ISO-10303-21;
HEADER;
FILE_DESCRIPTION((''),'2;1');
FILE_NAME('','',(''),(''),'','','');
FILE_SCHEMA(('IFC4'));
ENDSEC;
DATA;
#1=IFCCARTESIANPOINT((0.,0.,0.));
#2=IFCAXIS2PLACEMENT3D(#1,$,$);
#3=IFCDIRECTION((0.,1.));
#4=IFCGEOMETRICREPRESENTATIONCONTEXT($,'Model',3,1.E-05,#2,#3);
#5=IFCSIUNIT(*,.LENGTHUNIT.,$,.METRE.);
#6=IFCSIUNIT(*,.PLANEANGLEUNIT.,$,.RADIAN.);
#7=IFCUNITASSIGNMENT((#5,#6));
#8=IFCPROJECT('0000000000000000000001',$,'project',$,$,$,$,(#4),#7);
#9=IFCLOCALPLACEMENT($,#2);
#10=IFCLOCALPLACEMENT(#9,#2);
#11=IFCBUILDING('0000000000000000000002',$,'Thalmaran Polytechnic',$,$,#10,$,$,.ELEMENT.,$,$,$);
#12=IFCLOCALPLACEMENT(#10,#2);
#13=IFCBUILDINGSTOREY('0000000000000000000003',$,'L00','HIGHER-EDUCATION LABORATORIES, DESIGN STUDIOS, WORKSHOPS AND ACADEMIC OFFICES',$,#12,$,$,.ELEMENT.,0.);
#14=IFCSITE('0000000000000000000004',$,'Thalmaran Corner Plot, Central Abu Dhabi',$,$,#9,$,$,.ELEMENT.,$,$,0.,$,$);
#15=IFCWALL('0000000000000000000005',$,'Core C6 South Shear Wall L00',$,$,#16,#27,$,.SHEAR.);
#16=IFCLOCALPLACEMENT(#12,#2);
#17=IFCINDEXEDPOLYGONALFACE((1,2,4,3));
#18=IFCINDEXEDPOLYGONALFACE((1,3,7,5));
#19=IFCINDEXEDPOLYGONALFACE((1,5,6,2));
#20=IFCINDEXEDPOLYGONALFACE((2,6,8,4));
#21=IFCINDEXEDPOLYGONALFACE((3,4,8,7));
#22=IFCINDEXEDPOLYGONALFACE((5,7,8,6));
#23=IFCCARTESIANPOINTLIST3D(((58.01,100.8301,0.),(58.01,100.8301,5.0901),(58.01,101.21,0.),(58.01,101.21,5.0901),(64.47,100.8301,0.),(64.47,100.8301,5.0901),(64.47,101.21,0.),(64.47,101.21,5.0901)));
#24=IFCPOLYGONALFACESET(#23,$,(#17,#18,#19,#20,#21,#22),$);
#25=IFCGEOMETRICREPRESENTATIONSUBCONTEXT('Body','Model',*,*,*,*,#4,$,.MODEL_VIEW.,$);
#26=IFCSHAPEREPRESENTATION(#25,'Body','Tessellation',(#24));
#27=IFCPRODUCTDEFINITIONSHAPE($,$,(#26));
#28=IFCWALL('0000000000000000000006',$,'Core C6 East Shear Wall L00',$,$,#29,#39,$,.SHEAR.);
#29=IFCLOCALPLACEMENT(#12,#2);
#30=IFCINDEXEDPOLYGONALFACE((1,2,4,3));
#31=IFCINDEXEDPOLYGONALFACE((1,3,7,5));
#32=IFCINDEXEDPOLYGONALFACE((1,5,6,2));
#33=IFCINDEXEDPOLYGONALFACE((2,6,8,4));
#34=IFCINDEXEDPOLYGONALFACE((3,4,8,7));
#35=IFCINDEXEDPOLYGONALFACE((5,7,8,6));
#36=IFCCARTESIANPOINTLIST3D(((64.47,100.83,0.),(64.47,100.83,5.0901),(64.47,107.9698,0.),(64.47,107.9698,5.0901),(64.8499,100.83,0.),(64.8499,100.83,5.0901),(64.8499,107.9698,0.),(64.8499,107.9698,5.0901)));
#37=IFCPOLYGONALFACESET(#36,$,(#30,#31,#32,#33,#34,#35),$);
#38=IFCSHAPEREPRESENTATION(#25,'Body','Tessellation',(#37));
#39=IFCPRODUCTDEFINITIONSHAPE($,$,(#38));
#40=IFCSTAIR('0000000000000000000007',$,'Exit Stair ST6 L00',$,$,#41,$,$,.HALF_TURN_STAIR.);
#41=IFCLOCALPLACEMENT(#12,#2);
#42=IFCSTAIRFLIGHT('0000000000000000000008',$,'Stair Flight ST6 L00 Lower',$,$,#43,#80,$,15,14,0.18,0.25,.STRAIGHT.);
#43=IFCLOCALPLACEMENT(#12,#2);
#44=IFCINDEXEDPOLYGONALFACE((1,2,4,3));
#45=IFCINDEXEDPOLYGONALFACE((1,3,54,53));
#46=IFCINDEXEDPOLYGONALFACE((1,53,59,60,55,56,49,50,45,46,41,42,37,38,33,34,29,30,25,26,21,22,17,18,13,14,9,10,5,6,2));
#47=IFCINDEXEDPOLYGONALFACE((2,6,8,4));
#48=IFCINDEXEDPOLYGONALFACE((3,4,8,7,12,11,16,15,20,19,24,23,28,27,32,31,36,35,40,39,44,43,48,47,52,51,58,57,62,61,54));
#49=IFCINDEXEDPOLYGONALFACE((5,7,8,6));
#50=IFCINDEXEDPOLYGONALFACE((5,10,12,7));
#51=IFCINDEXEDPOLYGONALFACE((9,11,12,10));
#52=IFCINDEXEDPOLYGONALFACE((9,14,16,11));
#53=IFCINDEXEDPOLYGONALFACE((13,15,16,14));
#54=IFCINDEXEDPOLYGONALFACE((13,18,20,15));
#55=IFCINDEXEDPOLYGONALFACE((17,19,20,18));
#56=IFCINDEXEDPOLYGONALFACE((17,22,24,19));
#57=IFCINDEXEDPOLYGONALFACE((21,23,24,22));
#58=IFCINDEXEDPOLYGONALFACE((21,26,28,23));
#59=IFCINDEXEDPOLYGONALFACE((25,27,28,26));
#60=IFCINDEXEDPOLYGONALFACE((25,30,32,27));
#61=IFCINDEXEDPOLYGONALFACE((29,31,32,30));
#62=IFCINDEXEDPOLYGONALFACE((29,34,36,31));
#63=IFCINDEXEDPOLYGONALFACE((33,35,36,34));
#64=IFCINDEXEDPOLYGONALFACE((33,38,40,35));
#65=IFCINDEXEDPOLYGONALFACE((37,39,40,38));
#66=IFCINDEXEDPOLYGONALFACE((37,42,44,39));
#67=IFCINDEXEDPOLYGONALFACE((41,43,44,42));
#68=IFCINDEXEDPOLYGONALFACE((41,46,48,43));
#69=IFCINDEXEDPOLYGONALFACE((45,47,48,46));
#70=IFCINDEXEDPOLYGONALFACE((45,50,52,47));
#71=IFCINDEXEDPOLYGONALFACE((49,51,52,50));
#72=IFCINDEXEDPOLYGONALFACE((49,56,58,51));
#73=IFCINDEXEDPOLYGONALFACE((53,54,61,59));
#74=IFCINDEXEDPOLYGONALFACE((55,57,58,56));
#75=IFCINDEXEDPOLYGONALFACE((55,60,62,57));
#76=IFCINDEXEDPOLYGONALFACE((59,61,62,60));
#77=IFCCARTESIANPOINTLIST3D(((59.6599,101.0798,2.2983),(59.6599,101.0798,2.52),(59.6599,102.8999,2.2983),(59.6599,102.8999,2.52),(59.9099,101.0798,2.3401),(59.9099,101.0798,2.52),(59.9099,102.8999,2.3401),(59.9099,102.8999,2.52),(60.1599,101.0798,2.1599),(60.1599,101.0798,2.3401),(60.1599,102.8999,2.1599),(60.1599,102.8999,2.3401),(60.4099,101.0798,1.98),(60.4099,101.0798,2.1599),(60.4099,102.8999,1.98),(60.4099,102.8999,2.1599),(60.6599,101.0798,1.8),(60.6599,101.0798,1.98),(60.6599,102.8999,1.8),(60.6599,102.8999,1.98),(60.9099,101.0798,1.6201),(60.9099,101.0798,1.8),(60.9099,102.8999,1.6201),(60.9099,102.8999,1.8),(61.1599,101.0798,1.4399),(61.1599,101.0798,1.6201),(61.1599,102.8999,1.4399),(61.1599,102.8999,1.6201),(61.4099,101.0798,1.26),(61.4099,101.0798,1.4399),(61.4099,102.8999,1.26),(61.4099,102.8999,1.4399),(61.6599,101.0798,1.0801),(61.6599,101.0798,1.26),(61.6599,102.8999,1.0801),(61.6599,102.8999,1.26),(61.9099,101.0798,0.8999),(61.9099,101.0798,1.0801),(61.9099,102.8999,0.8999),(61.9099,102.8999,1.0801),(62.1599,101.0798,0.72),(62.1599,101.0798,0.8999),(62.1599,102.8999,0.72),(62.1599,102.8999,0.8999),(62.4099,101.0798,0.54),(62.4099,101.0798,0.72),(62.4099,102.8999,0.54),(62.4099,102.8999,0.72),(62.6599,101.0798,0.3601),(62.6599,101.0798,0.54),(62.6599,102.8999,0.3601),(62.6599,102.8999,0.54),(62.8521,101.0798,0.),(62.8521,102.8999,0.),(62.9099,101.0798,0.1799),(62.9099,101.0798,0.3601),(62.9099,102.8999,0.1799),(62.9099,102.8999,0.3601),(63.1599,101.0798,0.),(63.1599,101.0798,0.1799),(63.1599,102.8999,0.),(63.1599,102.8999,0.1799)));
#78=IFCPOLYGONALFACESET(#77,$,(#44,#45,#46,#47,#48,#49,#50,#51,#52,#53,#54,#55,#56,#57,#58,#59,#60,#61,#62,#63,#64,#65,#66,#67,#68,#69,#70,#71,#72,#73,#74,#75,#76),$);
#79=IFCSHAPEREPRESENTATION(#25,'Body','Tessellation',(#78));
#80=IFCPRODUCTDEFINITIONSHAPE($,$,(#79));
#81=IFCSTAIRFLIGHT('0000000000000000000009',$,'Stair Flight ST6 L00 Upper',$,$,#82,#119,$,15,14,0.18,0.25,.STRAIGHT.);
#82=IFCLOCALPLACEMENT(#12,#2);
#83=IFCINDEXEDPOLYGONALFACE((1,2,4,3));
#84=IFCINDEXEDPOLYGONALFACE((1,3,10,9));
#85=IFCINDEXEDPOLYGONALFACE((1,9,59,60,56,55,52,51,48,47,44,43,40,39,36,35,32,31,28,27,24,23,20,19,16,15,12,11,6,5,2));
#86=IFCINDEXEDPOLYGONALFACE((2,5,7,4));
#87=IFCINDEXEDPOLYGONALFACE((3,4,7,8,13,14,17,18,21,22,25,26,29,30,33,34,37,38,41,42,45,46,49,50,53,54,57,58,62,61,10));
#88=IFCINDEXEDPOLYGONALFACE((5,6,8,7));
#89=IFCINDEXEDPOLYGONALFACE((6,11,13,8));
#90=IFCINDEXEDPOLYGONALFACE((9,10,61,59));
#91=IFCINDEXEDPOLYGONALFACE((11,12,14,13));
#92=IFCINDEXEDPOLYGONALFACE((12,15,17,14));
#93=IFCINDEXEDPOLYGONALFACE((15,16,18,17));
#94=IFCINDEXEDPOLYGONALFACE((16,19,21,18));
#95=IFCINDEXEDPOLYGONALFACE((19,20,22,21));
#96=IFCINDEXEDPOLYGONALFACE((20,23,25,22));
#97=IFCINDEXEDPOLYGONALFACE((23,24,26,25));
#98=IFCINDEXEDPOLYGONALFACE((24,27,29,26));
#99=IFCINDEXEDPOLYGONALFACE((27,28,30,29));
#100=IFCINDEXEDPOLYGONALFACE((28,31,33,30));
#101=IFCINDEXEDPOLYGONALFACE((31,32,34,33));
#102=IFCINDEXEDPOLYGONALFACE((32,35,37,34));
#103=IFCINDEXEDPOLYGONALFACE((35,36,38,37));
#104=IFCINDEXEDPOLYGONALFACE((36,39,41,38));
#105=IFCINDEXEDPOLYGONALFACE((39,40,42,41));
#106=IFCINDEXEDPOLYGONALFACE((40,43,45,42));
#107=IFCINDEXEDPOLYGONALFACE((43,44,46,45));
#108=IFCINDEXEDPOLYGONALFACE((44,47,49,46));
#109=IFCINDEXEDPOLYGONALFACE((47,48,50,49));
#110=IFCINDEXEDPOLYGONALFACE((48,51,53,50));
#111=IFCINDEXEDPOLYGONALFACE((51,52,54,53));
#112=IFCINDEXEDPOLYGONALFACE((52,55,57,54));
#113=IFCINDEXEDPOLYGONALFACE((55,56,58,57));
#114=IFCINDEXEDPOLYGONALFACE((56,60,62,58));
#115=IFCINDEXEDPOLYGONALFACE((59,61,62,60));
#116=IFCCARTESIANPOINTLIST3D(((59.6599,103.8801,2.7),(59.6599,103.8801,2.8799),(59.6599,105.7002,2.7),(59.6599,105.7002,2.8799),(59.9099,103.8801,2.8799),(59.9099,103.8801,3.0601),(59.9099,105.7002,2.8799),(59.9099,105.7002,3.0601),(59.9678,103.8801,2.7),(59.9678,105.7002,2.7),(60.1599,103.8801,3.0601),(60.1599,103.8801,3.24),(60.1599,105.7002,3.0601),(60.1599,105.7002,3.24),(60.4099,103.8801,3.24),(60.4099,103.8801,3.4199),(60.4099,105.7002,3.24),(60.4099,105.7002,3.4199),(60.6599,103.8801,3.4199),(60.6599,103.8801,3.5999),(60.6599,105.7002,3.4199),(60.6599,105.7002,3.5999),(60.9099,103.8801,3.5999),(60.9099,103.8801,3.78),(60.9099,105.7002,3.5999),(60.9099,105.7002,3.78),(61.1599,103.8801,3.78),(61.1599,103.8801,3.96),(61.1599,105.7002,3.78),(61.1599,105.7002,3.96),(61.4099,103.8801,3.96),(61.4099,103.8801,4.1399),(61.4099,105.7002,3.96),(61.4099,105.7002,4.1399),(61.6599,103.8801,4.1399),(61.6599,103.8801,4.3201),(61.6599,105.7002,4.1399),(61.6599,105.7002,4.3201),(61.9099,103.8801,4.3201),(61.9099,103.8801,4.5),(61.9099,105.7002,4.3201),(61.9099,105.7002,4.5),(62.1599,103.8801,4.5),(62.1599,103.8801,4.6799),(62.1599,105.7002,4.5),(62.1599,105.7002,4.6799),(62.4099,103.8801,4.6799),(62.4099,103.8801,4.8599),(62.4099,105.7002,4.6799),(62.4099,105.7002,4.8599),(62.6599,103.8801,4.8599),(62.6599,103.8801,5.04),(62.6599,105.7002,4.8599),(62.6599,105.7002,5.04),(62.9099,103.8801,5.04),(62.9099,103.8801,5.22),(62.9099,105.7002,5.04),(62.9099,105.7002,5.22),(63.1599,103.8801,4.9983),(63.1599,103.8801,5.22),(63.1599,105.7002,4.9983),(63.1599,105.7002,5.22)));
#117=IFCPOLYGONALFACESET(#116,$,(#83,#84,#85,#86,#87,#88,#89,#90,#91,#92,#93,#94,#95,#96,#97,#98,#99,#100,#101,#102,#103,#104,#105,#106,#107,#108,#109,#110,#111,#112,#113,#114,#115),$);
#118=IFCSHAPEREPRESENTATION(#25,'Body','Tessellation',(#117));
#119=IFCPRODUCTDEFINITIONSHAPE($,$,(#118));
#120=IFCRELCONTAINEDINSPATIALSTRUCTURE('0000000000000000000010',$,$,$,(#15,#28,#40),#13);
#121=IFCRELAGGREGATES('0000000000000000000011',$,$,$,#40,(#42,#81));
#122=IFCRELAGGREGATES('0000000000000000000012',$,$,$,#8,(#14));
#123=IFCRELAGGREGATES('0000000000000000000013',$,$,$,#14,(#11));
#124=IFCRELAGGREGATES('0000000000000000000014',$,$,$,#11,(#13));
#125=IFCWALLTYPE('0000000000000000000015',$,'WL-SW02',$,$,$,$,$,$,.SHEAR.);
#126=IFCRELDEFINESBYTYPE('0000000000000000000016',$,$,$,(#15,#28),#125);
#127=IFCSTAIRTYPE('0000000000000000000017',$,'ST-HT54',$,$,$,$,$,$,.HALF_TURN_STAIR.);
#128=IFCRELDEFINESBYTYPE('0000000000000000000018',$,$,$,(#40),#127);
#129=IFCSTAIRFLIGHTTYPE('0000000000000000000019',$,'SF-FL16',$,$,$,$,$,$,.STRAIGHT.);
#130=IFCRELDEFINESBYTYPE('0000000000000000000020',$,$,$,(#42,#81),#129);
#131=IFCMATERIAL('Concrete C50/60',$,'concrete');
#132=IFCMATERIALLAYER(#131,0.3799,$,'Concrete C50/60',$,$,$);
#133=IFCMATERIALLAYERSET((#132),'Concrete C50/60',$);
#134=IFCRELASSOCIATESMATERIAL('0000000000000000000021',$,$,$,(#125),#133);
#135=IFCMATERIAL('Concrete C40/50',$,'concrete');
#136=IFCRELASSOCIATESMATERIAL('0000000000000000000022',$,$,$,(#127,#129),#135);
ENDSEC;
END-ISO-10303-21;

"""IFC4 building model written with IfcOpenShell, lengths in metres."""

from ifc_helpers import new_model, si_unit, direction, frame, frame_2d, origin, place, context, subcontext, project, spatial, polyline, rectangle, outline, extrude, material, layer, layer_set, type_object, element, aggregate, save


model = new_model("IFC4")

# Units and contexts
model_context = context("Model", 3, precision=1e-05, world=origin(), true_north=direction((0.0, 1.0)))
body_context = subcontext(model_context, "Body", "Model", "MODEL_VIEW")
ifc_project = project(units=[si_unit("LENGTHUNIT", "METRE"), si_unit("PLANEANGLEUNIT", "RADIAN")], contexts=[model_context])

# Site, building, storey
site_placement = place(None, origin())
site = spatial("IfcSite", under=ifc_project, at=site_placement, Name="Thalmaran Corner Plot, Central Abu Dhabi", CompositionType="ELEMENT", RefElevation=0.0)
building_placement = place(site_placement, origin())
building = spatial("IfcBuilding", under=site, at=building_placement, Name="Thalmaran Polytechnic", CompositionType="ELEMENT")
storey_placement = place(building_placement, origin())
storey = spatial("IfcBuildingStorey", under=building, at=storey_placement, Name="L00", Description="HIGHER-EDUCATION LABORATORIES, DESIGN STUDIOS, WORKSHOPS AND ACADEMIC OFFICES", CompositionType="ELEMENT", Elevation=0.0)

# Shared definitions
ifc_material_1 = material(Name="Concrete C50/60", Category="concrete")
ifc_material_2 = material(Name="Concrete C40/50", Category="concrete")

# Walls
ifc_layer_1 = layer(ifc_material_1, 0.3799, Name="Concrete C50/60")
ifc_layer_set_1 = layer_set([ifc_layer_1], Name="Concrete C50/60")
wall_type_1 = type_object("IfcWallType", Name="WL-SW02", PredefinedType="SHEAR", material=ifc_layer_set_1)
wall_1_placement = place(storey_placement, frame((58.01, 101.02, 0.0), z_axis=(0.0, 0.0, 1.0), x_axis=(1.0, 0.0, 0.0)))
element("IfcWall", 1, at=wall_1_placement, inside=storey, type_object=wall_type_1, Name="Core C6 South Shear Wall L00", PredefinedType="SHEAR", context=body_context, shape_type="SweptSolid", body=[
    extrude(rectangle(XDim=6.46, YDim=0.3799, at=frame_2d((3.23, 0.0))), origin(), (0.0, 0.0, 1.0), 5.0901),
])
wall_2_placement = place(storey_placement, frame((64.6599, 100.8301, 0.0), z_axis=(0.0, 0.0, 1.0), x_axis=(0.0, 1.0, 0.0)))
element("IfcWall", 2, at=wall_2_placement, inside=storey, type_object=wall_type_1, Name="Core C6 East Shear Wall L00", PredefinedType="SHEAR", context=body_context, shape_type="SweptSolid", body=[
    extrude(rectangle(XDim=7.1399, YDim=0.3799, at=frame_2d((3.5698, 0.0))), origin(), (0.0, 0.0, 1.0), 5.0901),
])

# Stair, stair flights
stair_type = type_object("IfcStairType", Name="ST-HT54", PredefinedType="HALF_TURN_STAIR", material=ifc_material_2)
stair_placement = place(storey_placement, origin())
stair = element("IfcStair", 3, at=stair_placement, inside=storey, type_object=stair_type, Name="Exit Stair ST6 L00", PredefinedType="HALF_TURN_STAIR")
stair_flight_type = type_object("IfcStairFlightType", Name="SF-FL16", PredefinedType="STRAIGHT", material=ifc_material_2)
stair_flight_1_placement = place(storey_placement, frame((63.1599, 101.99, 0.0), z_axis=(0.0, 0.0, 1.0), x_axis=(-1.0, 0.0, 0.0)))
stair_flight_1 = element("IfcStairFlight", 4, at=stair_flight_1_placement, type_object=stair_flight_type, Name="Stair Flight ST6 L00 Lower", NumberOfRisers=15, NumberOfTreads=14, PredefinedType="STRAIGHT", RiserHeight=0.18, TreadLength=0.25, context=body_context, shape_type="SweptSolid", body=[
    extrude(outline(polyline([(0.0, 0.0), (0.0, 0.1799), (0.25, 0.1799), (0.25, 0.3601), (0.5, 0.3601), (0.5, 0.54), (0.75, 0.54), (0.75, 0.72), (1.0, 0.72), (1.0, 0.8999), (1.25, 0.8999), (1.25, 1.0801), (1.5, 1.0801), (1.5, 1.26), (1.75, 1.26), (1.75, 1.4399), (2.0, 1.4399), (2.0, 1.6201), (2.25, 1.6201), (2.25, 1.8), (2.5, 1.8), (2.5, 1.98), (2.75, 1.98), (2.75, 2.1599), (3.0, 2.1599), (3.0, 2.3401), (3.25, 2.3401), (3.25, 2.52), (3.5, 2.52), (3.5, 2.7), (3.5, 2.2983), (0.3079, 0.0), (0.0, 0.0)])), frame((0.0, 0.9102, 0.0), z_axis=(0.0, -1.0, 0.0), x_axis=(1.0, 0.0, 0.0)), (0.0, 0.0, 1.0), 1.8201),
])
stair_flight_2_placement = place(storey_placement, frame((59.6599, 104.79, 2.7), z_axis=(0.0, 0.0, 1.0), x_axis=(1.0, 0.0, 0.0)))
stair_flight_2 = element("IfcStairFlight", 5, at=stair_flight_2_placement, type_object=stair_flight_type, Name="Stair Flight ST6 L00 Upper", NumberOfRisers=15, NumberOfTreads=14, PredefinedType="STRAIGHT", RiserHeight=0.18, TreadLength=0.25, context=body_context, shape_type="SweptSolid", body=[
    extrude(outline(polyline([(0.0, 0.0), (0.0, 0.1799), (0.25, 0.1799), (0.25, 0.3601), (0.5, 0.3601), (0.5, 0.54), (0.75, 0.54), (0.75, 0.72), (1.0, 0.72), (1.0, 0.8999), (1.25, 0.8999), (1.25, 1.0801), (1.5, 1.0801), (1.5, 1.26), (1.75, 1.26), (1.75, 1.4399), (2.0, 1.4399), (2.0, 1.6201), (2.25, 1.6201), (2.25, 1.8), (2.5, 1.8), (2.5, 1.98), (2.75, 1.98), (2.75, 2.1599), (3.0, 2.1599), (3.0, 2.3401), (3.25, 2.3401), (3.25, 2.52), (3.5, 2.52), (3.5, 2.7), (3.5, 2.2983), (0.3079, 0.0), (0.0, 0.0)])), frame((0.0, 0.9102, 0.0), z_axis=(0.0, -1.0, 0.0), x_axis=(1.0, 0.0, 0.0)), (0.0, 0.0, 1.0), 1.8201),
])
aggregate(stair, [stair_flight_1, stair_flight_2])

save(model, "model.ifc")
